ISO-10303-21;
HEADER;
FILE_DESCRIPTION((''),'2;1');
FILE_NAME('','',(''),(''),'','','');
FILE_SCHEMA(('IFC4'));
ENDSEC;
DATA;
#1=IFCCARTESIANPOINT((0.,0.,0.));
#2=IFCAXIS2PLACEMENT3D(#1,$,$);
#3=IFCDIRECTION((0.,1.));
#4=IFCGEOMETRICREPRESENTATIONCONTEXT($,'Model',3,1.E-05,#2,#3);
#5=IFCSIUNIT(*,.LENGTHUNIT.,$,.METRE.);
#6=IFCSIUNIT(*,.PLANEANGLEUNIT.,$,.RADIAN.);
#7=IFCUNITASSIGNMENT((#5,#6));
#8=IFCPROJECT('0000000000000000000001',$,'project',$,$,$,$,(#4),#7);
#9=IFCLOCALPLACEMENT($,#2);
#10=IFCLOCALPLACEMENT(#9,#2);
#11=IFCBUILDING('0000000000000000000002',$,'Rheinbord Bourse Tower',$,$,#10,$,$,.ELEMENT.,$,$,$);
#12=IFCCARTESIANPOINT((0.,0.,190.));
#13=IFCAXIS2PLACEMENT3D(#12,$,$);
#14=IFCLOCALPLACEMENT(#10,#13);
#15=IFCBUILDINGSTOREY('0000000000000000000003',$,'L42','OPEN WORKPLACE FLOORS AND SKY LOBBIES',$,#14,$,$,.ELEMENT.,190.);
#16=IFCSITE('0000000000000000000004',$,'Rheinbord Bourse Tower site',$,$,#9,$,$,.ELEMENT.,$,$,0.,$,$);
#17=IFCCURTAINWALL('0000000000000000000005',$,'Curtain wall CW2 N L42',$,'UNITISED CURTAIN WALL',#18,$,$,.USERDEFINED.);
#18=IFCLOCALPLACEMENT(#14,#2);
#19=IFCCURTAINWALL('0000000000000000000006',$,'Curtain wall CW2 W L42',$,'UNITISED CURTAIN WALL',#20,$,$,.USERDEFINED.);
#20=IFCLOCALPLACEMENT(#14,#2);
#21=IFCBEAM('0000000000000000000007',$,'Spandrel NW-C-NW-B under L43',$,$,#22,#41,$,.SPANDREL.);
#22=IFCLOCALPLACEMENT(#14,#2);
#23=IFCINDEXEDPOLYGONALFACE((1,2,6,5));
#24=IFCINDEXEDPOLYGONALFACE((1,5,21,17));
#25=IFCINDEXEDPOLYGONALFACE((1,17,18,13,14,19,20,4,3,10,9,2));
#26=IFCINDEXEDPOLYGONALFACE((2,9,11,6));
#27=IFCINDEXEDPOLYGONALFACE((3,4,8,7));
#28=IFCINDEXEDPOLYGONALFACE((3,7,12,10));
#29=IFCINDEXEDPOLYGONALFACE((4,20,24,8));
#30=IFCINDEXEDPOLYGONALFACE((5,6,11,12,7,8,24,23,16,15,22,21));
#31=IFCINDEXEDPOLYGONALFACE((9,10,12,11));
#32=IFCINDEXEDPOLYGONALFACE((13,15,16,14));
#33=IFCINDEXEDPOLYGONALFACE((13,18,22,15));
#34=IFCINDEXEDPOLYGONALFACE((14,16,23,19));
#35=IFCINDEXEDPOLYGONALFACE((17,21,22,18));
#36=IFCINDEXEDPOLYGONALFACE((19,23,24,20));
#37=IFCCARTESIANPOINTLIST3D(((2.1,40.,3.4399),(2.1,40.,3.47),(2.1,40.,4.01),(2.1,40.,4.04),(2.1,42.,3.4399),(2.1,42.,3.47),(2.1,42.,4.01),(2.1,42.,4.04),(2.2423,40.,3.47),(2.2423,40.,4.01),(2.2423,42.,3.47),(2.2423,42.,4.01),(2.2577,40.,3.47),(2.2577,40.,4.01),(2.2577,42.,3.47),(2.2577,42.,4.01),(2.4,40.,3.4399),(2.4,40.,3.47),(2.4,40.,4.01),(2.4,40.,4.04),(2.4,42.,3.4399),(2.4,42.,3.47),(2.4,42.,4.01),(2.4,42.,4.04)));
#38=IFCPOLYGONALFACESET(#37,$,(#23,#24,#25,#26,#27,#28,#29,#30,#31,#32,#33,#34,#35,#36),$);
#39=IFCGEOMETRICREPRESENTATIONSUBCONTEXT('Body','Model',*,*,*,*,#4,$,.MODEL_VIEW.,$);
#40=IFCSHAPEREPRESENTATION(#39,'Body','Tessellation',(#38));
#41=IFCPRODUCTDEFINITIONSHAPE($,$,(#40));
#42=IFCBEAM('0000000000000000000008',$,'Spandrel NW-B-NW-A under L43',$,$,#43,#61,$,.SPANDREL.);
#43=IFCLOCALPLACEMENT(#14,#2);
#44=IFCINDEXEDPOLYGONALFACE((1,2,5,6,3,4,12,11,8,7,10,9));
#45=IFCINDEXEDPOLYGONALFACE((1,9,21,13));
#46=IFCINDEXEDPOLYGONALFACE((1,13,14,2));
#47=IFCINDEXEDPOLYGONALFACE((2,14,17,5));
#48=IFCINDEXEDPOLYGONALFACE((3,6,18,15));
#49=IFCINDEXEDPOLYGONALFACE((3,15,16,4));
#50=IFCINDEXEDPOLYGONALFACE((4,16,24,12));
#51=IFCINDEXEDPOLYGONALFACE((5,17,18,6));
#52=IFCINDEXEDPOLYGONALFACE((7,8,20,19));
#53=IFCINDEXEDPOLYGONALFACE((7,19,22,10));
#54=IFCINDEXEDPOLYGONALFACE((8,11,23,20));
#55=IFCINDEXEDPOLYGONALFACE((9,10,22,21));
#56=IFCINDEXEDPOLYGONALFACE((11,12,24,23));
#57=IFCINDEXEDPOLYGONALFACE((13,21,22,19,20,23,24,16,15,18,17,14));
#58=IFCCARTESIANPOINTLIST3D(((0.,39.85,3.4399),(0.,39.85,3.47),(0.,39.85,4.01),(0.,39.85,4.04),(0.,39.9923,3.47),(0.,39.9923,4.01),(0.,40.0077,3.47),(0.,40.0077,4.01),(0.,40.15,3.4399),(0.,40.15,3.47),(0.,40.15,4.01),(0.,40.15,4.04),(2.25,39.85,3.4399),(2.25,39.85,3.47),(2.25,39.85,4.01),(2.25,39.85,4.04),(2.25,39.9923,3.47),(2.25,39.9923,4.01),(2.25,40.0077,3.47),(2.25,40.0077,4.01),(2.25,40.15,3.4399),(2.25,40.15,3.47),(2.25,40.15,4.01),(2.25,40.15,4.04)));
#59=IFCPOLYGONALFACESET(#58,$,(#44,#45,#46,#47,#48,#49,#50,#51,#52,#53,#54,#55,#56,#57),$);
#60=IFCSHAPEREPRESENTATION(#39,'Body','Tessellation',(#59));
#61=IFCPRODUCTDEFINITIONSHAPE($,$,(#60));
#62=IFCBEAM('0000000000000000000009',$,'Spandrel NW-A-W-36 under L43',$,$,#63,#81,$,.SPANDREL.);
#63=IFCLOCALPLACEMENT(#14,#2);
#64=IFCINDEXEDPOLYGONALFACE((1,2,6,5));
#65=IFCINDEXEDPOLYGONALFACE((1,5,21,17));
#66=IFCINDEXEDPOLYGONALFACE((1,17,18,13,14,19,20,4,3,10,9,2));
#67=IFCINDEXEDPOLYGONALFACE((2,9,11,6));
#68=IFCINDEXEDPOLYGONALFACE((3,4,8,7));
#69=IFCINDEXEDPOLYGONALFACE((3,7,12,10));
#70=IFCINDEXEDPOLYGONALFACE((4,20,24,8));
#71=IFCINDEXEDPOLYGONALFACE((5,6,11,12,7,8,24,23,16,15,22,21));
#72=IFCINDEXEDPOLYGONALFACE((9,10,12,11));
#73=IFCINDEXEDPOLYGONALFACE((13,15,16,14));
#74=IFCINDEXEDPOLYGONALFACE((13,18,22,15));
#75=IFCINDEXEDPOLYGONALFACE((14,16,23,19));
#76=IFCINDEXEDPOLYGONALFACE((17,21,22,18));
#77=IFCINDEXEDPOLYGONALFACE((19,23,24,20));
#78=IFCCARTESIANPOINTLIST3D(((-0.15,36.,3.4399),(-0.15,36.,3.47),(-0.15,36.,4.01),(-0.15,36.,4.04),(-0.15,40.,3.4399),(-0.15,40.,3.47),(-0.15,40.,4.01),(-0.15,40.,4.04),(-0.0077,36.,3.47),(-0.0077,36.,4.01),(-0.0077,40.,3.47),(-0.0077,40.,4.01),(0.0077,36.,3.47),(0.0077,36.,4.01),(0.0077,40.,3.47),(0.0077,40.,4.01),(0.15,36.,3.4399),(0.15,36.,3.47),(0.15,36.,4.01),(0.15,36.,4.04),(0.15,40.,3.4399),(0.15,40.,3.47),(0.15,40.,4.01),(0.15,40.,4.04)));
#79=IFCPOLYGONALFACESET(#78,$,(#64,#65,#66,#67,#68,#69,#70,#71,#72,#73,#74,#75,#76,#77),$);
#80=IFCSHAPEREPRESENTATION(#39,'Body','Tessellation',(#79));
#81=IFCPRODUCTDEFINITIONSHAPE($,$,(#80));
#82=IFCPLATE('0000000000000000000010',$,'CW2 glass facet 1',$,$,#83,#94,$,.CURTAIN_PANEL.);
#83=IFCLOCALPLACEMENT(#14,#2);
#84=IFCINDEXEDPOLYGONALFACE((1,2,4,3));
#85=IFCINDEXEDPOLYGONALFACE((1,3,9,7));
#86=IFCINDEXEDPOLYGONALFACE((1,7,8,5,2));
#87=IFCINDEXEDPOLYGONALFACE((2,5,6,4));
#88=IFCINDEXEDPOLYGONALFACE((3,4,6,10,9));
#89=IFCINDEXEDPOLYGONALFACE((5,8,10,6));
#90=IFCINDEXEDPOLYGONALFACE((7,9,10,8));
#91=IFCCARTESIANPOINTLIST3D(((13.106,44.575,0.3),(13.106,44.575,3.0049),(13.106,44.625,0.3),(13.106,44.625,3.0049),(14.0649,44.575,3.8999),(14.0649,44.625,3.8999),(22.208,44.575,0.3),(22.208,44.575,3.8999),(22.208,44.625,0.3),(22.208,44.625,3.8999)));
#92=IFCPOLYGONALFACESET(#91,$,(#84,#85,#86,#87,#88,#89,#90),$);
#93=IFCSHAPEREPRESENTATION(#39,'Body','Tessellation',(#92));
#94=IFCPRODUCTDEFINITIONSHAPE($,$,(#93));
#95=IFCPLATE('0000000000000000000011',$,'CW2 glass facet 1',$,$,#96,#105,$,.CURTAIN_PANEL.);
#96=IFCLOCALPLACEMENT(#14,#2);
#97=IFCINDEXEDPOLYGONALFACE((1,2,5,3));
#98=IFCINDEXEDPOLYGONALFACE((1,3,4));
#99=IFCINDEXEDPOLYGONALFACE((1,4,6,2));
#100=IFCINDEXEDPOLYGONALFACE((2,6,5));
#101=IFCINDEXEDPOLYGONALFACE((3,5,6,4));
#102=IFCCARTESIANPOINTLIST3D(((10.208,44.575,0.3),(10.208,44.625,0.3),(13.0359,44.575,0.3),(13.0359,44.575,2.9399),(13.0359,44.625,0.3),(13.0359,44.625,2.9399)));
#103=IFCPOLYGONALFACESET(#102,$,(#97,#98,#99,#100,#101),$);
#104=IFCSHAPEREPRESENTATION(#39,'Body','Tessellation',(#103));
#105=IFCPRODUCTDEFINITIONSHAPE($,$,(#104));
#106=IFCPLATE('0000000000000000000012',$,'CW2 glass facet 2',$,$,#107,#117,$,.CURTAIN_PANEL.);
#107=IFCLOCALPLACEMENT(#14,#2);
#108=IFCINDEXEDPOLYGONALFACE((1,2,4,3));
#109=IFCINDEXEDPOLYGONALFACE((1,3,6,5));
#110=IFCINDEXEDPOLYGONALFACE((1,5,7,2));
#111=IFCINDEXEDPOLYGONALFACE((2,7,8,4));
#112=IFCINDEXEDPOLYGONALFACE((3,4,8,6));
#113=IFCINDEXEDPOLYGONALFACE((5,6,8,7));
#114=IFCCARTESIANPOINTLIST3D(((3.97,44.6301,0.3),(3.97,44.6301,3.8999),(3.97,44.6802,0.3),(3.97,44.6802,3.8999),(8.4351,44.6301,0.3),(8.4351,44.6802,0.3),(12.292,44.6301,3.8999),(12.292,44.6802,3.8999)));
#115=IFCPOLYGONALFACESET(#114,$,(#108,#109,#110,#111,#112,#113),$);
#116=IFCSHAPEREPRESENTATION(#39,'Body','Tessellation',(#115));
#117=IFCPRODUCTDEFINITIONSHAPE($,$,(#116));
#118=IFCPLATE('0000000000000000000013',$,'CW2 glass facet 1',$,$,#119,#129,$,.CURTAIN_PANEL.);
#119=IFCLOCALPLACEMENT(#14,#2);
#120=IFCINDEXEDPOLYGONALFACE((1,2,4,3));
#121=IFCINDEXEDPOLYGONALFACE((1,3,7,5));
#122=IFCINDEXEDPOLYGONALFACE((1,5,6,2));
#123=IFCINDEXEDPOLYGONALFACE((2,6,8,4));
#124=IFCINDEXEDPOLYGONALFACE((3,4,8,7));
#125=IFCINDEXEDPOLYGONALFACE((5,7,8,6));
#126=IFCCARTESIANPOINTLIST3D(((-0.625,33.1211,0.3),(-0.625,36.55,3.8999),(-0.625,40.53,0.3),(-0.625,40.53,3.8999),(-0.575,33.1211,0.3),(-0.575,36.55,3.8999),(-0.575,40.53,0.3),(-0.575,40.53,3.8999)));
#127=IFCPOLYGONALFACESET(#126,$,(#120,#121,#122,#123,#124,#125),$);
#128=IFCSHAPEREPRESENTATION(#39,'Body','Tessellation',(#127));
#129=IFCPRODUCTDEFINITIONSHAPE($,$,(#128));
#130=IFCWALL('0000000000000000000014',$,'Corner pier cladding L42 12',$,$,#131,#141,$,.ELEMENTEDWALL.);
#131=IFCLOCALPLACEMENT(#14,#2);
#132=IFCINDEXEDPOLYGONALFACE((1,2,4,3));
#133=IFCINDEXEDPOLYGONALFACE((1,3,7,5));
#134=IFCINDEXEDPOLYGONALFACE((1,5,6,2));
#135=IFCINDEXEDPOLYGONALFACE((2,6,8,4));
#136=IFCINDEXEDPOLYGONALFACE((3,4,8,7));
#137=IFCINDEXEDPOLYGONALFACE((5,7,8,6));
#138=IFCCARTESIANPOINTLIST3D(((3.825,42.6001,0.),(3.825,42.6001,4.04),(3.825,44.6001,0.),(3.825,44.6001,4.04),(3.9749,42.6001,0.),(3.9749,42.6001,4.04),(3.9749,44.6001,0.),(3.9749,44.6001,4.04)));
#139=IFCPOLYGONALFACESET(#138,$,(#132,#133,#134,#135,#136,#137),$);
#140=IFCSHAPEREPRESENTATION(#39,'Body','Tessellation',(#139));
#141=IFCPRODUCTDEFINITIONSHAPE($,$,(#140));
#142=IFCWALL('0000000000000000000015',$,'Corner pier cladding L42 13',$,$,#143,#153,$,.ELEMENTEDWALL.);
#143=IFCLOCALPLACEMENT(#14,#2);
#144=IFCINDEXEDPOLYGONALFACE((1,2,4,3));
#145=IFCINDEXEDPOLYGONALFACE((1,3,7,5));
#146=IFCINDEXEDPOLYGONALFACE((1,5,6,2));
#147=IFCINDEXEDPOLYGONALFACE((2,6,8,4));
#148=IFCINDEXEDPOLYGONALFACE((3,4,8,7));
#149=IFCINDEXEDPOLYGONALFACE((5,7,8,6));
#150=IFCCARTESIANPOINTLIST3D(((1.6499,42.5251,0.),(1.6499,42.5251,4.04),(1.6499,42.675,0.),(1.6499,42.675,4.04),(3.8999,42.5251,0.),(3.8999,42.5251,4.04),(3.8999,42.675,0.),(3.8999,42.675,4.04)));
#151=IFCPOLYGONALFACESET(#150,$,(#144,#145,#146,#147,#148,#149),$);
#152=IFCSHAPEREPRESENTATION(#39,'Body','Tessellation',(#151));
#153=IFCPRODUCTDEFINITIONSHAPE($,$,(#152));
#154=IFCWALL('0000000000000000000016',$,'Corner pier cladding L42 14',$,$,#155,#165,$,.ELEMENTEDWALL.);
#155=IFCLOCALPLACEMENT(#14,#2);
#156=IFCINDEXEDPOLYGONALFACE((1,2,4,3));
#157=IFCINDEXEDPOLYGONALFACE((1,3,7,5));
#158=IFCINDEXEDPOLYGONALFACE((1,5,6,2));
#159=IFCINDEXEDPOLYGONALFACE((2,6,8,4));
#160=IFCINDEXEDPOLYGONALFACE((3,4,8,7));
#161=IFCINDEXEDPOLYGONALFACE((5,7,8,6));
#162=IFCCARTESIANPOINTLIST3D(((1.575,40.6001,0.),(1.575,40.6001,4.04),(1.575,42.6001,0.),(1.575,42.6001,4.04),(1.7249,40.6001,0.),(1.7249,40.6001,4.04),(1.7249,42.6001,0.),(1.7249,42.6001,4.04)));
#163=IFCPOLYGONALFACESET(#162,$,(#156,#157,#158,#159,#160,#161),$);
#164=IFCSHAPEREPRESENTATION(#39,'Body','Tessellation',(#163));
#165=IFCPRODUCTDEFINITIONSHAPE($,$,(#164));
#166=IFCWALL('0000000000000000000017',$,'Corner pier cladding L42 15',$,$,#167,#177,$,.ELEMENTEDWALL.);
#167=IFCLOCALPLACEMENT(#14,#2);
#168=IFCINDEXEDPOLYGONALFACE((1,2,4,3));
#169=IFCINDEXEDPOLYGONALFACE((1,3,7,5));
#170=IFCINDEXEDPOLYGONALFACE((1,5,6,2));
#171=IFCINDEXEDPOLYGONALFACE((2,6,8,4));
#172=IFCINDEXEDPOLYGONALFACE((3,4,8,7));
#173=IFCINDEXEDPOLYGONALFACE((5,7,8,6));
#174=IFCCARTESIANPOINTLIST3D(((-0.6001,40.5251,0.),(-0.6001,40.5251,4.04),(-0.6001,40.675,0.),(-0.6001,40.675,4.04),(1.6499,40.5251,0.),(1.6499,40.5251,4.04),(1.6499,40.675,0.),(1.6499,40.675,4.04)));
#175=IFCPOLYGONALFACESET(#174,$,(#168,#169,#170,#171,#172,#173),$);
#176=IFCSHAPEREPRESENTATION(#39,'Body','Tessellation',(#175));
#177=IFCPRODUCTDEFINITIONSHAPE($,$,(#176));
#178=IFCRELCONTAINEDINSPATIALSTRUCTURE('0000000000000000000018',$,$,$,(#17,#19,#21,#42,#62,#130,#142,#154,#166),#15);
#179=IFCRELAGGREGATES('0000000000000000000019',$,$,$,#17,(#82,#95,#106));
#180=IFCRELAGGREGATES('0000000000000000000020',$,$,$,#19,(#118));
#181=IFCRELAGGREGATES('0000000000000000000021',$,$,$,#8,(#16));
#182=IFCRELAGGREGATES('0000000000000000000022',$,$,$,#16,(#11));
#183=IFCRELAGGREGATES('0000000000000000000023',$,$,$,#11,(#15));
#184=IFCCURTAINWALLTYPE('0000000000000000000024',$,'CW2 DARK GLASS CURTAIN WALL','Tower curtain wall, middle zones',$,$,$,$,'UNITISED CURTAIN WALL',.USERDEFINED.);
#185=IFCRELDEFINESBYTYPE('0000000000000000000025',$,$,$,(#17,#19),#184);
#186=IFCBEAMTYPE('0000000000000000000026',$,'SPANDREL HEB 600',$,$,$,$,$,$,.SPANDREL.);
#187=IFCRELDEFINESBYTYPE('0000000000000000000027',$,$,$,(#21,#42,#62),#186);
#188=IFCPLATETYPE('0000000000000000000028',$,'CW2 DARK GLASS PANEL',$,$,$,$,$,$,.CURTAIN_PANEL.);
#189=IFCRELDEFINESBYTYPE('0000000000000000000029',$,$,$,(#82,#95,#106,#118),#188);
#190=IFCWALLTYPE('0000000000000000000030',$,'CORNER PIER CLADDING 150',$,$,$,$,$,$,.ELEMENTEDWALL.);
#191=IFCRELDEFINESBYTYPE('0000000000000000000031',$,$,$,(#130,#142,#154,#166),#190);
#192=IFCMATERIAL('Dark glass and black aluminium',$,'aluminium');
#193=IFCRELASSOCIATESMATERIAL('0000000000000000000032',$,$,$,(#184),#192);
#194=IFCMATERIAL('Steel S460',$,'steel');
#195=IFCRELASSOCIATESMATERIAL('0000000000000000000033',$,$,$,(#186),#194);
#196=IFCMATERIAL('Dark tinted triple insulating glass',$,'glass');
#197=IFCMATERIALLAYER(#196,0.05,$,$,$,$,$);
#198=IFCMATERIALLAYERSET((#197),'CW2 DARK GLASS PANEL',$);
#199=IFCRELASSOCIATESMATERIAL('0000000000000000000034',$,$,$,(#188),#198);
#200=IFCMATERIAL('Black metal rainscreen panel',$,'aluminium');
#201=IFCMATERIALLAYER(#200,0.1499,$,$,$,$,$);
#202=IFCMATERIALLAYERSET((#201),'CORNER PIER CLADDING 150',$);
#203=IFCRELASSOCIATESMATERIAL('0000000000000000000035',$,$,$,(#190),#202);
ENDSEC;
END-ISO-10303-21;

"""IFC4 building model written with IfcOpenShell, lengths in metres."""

from ifc_helpers import new_model, si_unit, direction, frame, frame_2d, origin, origin_2d, place, context, subcontext, project, spatial, polyline, rectangle, i_section, outline, extrude, material, layer, layer_set, material_profile, profile_set, type_object, element, aggregate, save


model = new_model("IFC4")

# Units and contexts
model_context = context("Model", 3, precision=1e-05, world=origin(), true_north=direction((0.0, 1.0)))
body_context = subcontext(model_context, "Body", "Model", "MODEL_VIEW")
ifc_project = project(units=[si_unit("LENGTHUNIT", "METRE"), si_unit("PLANEANGLEUNIT", "RADIAN")], contexts=[model_context])

# Site, building, storey
site_placement = place(None, origin())
site = spatial("IfcSite", under=ifc_project, at=site_placement, Name="Rheinbord Bourse Tower site", CompositionType="ELEMENT", RefElevation=0.0)
building_placement = place(site_placement, origin())
building = spatial("IfcBuilding", under=site, at=building_placement, Name="Rheinbord Bourse Tower", CompositionType="ELEMENT")
storey_placement = place(building_placement, frame((0.0, 0.0, 190.0)))
storey = spatial("IfcBuildingStorey", under=building, at=storey_placement, Name="L42", Description="OPEN WORKPLACE FLOORS AND SKY LOBBIES", CompositionType="ELEMENT", Elevation=190.0)

# Curtain wall
ifc_material_1 = material(Name="Dark glass and black aluminium", Category="aluminium")
curtain_wall_type = type_object("IfcCurtainWallType", Name="CW2 DARK GLASS CURTAIN WALL", Description="Tower curtain wall, middle zones", ElementType="UNITISED CURTAIN WALL", PredefinedType="USERDEFINED", material=ifc_material_1)
curtain_wall_1_placement = place(storey_placement, origin())
curtain_wall_1 = element("IfcCurtainWall", 1, at=curtain_wall_1_placement, inside=storey, type_object=curtain_wall_type, Name="Curtain wall CW2 N L42", ObjectType="UNITISED CURTAIN WALL", PredefinedType="USERDEFINED")

# Curtain wall
curtain_wall_2_placement = place(storey_placement, origin())
curtain_wall_2 = element("IfcCurtainWall", 2, at=curtain_wall_2_placement, inside=storey, type_object=curtain_wall_type, Name="Curtain wall CW2 W L42", ObjectType="UNITISED CURTAIN WALL", PredefinedType="USERDEFINED")

# Beams
ifc_material_2 = material(Name="Steel S460", Category="steel")
ifc_material_profile_1 = material_profile(ifc_material_2, i_section(OverallWidth=0.3, OverallDepth=0.6001, WebThickness=0.0154, FlangeThickness=0.03, at=origin_2d()), Name="HEB 600")
ifc_profile_set_1 = profile_set([ifc_material_profile_1], Name="Steel S460")
beam_type_1 = type_object("IfcBeamType", Name="SPANDREL HEB 600", PredefinedType="SPANDREL", material=ifc_profile_set_1)
beam_1_placement = place(storey_placement, frame((2.25, 42.0, 3.74), z_axis=(0.0, -1.0, 0.0), x_axis=(1.0, 0.0, 0.0)))
element("IfcBeam", 3, at=beam_1_placement, inside=storey, type_object=beam_type_1, Name="Spandrel NW-C-NW-B under L43", PredefinedType="SPANDREL", context=body_context, shape_type="SweptSolid", body=[
    extrude(i_section(OverallWidth=0.3, OverallDepth=0.6001, WebThickness=0.0154, FlangeThickness=0.03, at=origin_2d()), origin(), (0.0, 0.0, 1.0), 2.0),
])
beam_2_placement = place(storey_placement, frame((2.25, 40.0, 3.74), z_axis=(-1.0, 0.0, 0.0), x_axis=(0.0, -1.0, 0.0)))
element("IfcBeam", 4, at=beam_2_placement, inside=storey, type_object=beam_type_1, Name="Spandrel NW-B-NW-A under L43", PredefinedType="SPANDREL", context=body_context, shape_type="SweptSolid", body=[
    extrude(i_section(OverallWidth=0.3, OverallDepth=0.6001, WebThickness=0.0154, FlangeThickness=0.03, at=origin_2d()), origin(), (0.0, 0.0, 1.0), 2.25),
])
beam_3_placement = place(storey_placement, frame((0.0, 40.0, 3.74), z_axis=(0.0, -1.0, 0.0), x_axis=(1.0, 0.0, 0.0)))
element("IfcBeam", 5, at=beam_3_placement, inside=storey, type_object=beam_type_1, Name="Spandrel NW-A-W-36 under L43", PredefinedType="SPANDREL", context=body_context, shape_type="SweptSolid", body=[
    extrude(i_section(OverallWidth=0.3, OverallDepth=0.6001, WebThickness=0.0154, FlangeThickness=0.03, at=origin_2d()), origin(), (0.0, 0.0, 1.0), 4.0),
])

# Plates
ifc_material_3 = material(Name="Dark tinted triple insulating glass", Category="glass")
ifc_layer_1 = layer(ifc_material_3, 0.05)
ifc_layer_set_1 = layer_set([ifc_layer_1], Name="CW2 DARK GLASS PANEL")
plate_type = type_object("IfcPlateType", Name="CW2 DARK GLASS PANEL", PredefinedType="CURTAIN_PANEL", material=ifc_layer_set_1)
plate_1_placement = place(storey_placement, frame((13.106, 44.625, 0.3), z_axis=(0.0, -1.0, 0.0), x_axis=(1.0, 0.0, 0.0)))
plate_1 = element("IfcPlate", 6, at=plate_1_placement, type_object=plate_type, Name="CW2 glass facet 1", PredefinedType="CURTAIN_PANEL", context=body_context, shape_type="SweptSolid", body=[
    extrude(outline(polyline([(0.0, 0.0), (9.1021, 0.0), (9.1021, 3.5999), (0.959, 3.5999), (0.0, 2.7048), (0.0, 0.0)])), origin(), (0.0, 0.0, 1.0), 0.05),
])
plate_2_placement = place(storey_placement, frame((13.0359, 44.625, 0.3), z_axis=(0.0, -1.0, 0.0), x_axis=(0.0, 0.0, 1.0)))
plate_2 = element("IfcPlate", 7, at=plate_2_placement, type_object=plate_type, Name="CW2 glass facet 1", PredefinedType="CURTAIN_PANEL", context=body_context, shape_type="SweptSolid", body=[
    extrude(outline(polyline([(0.0, 0.0), (2.6399, 0.0), (0.0, 2.8279), (0.0, 0.0)])), origin(), (0.0, 0.0, 1.0), 0.05),
])
plate_3_placement = place(storey_placement, frame((3.97, 44.6802, 3.8999), z_axis=(0.0, -1.0, 0.0), x_axis=(0.0, 0.0, -1.0)))
plate_3 = element("IfcPlate", 8, at=plate_3_placement, type_object=plate_type, Name="CW2 glass facet 2", PredefinedType="CURTAIN_PANEL", context=body_context, shape_type="SweptSolid", body=[
    extrude(outline(polyline([(0.0, 0.0), (3.5999, 0.0), (3.5999, 4.4651), (0.0, 8.322), (0.0, 0.0)])), origin(), (0.0, 0.0, 1.0), 0.05),
])
aggregate(curtain_wall_1, [plate_1, plate_2, plate_3])
plate_4_placement = place(storey_placement, frame((-0.625, 40.53, 0.3), z_axis=(1.0, 0.0, 0.0), x_axis=(0.0, 0.0, 1.0)))
plate_4 = element("IfcPlate", 9, at=plate_4_placement, type_object=plate_type, Name="CW2 glass facet 1", PredefinedType="CURTAIN_PANEL", context=body_context, shape_type="SweptSolid", body=[
    extrude(outline(polyline([(0.0, 0.0), (3.5999, 0.0), (3.5999, 3.98), (0.0, 7.4089), (0.0, 0.0)])), origin(), (0.0, 0.0, 1.0), 0.05),
])
aggregate(curtain_wall_2, [plate_4])

# Walls
ifc_material_4 = material(Name="Black metal rainscreen panel", Category="aluminium")
ifc_layer_2 = layer(ifc_material_4, 0.1499)
ifc_layer_set_2 = layer_set([ifc_layer_2], Name="CORNER PIER CLADDING 150")
wall_type = type_object("IfcWallType", Name="CORNER PIER CLADDING 150", PredefinedType="ELEMENTEDWALL", material=ifc_layer_set_2)
wall_1_placement = place(storey_placement, frame((3.8999, 44.6001, 0.0), z_axis=(0.0, 0.0, 1.0), x_axis=(0.0, -1.0, 0.0)))
element("IfcWall", 10, at=wall_1_placement, inside=storey, type_object=wall_type, Name="Corner pier cladding L42 12", PredefinedType="ELEMENTEDWALL", context=body_context, shape_type="SweptSolid", body=[
    extrude(rectangle(XDim=2.0, YDim=0.1499, at=frame_2d((1.0, 0.0))), origin(), (0.0, 0.0, 1.0), 4.04),
])
wall_2_placement = place(storey_placement, frame((3.8999, 42.6001, 0.0), z_axis=(0.0, 0.0, 1.0), x_axis=(-1.0, 0.0, 0.0)))
element("IfcWall", 11, at=wall_2_placement, inside=storey, type_object=wall_type, Name="Corner pier cladding L42 13", PredefinedType="ELEMENTEDWALL", context=body_context, shape_type="SweptSolid", body=[
    extrude(rectangle(XDim=2.25, YDim=0.1499, at=frame_2d((1.125, 0.0))), origin(), (0.0, 0.0, 1.0), 4.04),
])
wall_3_placement = place(storey_placement, frame((1.6499, 42.6001, 0.0), z_axis=(0.0, 0.0, 1.0), x_axis=(0.0, -1.0, 0.0)))
element("IfcWall", 12, at=wall_3_placement, inside=storey, type_object=wall_type, Name="Corner pier cladding L42 14", PredefinedType="ELEMENTEDWALL", context=body_context, shape_type="SweptSolid", body=[
    extrude(rectangle(XDim=2.0, YDim=0.1499, at=frame_2d((1.0, 0.0))), origin(), (0.0, 0.0, 1.0), 4.04),
])
wall_4_placement = place(storey_placement, frame((1.6499, 40.6001, 0.0), z_axis=(0.0, 0.0, 1.0), x_axis=(-1.0, 0.0, 0.0)))
element("IfcWall", 13, at=wall_4_placement, inside=storey, type_object=wall_type, Name="Corner pier cladding L42 15", PredefinedType="ELEMENTEDWALL", context=body_context, shape_type="SweptSolid", body=[
    extrude(rectangle(XDim=2.25, YDim=0.1499, at=frame_2d((1.125, 0.0))), origin(), (0.0, 0.0, 1.0), 4.04),
])

save(model, "model.ifc")
